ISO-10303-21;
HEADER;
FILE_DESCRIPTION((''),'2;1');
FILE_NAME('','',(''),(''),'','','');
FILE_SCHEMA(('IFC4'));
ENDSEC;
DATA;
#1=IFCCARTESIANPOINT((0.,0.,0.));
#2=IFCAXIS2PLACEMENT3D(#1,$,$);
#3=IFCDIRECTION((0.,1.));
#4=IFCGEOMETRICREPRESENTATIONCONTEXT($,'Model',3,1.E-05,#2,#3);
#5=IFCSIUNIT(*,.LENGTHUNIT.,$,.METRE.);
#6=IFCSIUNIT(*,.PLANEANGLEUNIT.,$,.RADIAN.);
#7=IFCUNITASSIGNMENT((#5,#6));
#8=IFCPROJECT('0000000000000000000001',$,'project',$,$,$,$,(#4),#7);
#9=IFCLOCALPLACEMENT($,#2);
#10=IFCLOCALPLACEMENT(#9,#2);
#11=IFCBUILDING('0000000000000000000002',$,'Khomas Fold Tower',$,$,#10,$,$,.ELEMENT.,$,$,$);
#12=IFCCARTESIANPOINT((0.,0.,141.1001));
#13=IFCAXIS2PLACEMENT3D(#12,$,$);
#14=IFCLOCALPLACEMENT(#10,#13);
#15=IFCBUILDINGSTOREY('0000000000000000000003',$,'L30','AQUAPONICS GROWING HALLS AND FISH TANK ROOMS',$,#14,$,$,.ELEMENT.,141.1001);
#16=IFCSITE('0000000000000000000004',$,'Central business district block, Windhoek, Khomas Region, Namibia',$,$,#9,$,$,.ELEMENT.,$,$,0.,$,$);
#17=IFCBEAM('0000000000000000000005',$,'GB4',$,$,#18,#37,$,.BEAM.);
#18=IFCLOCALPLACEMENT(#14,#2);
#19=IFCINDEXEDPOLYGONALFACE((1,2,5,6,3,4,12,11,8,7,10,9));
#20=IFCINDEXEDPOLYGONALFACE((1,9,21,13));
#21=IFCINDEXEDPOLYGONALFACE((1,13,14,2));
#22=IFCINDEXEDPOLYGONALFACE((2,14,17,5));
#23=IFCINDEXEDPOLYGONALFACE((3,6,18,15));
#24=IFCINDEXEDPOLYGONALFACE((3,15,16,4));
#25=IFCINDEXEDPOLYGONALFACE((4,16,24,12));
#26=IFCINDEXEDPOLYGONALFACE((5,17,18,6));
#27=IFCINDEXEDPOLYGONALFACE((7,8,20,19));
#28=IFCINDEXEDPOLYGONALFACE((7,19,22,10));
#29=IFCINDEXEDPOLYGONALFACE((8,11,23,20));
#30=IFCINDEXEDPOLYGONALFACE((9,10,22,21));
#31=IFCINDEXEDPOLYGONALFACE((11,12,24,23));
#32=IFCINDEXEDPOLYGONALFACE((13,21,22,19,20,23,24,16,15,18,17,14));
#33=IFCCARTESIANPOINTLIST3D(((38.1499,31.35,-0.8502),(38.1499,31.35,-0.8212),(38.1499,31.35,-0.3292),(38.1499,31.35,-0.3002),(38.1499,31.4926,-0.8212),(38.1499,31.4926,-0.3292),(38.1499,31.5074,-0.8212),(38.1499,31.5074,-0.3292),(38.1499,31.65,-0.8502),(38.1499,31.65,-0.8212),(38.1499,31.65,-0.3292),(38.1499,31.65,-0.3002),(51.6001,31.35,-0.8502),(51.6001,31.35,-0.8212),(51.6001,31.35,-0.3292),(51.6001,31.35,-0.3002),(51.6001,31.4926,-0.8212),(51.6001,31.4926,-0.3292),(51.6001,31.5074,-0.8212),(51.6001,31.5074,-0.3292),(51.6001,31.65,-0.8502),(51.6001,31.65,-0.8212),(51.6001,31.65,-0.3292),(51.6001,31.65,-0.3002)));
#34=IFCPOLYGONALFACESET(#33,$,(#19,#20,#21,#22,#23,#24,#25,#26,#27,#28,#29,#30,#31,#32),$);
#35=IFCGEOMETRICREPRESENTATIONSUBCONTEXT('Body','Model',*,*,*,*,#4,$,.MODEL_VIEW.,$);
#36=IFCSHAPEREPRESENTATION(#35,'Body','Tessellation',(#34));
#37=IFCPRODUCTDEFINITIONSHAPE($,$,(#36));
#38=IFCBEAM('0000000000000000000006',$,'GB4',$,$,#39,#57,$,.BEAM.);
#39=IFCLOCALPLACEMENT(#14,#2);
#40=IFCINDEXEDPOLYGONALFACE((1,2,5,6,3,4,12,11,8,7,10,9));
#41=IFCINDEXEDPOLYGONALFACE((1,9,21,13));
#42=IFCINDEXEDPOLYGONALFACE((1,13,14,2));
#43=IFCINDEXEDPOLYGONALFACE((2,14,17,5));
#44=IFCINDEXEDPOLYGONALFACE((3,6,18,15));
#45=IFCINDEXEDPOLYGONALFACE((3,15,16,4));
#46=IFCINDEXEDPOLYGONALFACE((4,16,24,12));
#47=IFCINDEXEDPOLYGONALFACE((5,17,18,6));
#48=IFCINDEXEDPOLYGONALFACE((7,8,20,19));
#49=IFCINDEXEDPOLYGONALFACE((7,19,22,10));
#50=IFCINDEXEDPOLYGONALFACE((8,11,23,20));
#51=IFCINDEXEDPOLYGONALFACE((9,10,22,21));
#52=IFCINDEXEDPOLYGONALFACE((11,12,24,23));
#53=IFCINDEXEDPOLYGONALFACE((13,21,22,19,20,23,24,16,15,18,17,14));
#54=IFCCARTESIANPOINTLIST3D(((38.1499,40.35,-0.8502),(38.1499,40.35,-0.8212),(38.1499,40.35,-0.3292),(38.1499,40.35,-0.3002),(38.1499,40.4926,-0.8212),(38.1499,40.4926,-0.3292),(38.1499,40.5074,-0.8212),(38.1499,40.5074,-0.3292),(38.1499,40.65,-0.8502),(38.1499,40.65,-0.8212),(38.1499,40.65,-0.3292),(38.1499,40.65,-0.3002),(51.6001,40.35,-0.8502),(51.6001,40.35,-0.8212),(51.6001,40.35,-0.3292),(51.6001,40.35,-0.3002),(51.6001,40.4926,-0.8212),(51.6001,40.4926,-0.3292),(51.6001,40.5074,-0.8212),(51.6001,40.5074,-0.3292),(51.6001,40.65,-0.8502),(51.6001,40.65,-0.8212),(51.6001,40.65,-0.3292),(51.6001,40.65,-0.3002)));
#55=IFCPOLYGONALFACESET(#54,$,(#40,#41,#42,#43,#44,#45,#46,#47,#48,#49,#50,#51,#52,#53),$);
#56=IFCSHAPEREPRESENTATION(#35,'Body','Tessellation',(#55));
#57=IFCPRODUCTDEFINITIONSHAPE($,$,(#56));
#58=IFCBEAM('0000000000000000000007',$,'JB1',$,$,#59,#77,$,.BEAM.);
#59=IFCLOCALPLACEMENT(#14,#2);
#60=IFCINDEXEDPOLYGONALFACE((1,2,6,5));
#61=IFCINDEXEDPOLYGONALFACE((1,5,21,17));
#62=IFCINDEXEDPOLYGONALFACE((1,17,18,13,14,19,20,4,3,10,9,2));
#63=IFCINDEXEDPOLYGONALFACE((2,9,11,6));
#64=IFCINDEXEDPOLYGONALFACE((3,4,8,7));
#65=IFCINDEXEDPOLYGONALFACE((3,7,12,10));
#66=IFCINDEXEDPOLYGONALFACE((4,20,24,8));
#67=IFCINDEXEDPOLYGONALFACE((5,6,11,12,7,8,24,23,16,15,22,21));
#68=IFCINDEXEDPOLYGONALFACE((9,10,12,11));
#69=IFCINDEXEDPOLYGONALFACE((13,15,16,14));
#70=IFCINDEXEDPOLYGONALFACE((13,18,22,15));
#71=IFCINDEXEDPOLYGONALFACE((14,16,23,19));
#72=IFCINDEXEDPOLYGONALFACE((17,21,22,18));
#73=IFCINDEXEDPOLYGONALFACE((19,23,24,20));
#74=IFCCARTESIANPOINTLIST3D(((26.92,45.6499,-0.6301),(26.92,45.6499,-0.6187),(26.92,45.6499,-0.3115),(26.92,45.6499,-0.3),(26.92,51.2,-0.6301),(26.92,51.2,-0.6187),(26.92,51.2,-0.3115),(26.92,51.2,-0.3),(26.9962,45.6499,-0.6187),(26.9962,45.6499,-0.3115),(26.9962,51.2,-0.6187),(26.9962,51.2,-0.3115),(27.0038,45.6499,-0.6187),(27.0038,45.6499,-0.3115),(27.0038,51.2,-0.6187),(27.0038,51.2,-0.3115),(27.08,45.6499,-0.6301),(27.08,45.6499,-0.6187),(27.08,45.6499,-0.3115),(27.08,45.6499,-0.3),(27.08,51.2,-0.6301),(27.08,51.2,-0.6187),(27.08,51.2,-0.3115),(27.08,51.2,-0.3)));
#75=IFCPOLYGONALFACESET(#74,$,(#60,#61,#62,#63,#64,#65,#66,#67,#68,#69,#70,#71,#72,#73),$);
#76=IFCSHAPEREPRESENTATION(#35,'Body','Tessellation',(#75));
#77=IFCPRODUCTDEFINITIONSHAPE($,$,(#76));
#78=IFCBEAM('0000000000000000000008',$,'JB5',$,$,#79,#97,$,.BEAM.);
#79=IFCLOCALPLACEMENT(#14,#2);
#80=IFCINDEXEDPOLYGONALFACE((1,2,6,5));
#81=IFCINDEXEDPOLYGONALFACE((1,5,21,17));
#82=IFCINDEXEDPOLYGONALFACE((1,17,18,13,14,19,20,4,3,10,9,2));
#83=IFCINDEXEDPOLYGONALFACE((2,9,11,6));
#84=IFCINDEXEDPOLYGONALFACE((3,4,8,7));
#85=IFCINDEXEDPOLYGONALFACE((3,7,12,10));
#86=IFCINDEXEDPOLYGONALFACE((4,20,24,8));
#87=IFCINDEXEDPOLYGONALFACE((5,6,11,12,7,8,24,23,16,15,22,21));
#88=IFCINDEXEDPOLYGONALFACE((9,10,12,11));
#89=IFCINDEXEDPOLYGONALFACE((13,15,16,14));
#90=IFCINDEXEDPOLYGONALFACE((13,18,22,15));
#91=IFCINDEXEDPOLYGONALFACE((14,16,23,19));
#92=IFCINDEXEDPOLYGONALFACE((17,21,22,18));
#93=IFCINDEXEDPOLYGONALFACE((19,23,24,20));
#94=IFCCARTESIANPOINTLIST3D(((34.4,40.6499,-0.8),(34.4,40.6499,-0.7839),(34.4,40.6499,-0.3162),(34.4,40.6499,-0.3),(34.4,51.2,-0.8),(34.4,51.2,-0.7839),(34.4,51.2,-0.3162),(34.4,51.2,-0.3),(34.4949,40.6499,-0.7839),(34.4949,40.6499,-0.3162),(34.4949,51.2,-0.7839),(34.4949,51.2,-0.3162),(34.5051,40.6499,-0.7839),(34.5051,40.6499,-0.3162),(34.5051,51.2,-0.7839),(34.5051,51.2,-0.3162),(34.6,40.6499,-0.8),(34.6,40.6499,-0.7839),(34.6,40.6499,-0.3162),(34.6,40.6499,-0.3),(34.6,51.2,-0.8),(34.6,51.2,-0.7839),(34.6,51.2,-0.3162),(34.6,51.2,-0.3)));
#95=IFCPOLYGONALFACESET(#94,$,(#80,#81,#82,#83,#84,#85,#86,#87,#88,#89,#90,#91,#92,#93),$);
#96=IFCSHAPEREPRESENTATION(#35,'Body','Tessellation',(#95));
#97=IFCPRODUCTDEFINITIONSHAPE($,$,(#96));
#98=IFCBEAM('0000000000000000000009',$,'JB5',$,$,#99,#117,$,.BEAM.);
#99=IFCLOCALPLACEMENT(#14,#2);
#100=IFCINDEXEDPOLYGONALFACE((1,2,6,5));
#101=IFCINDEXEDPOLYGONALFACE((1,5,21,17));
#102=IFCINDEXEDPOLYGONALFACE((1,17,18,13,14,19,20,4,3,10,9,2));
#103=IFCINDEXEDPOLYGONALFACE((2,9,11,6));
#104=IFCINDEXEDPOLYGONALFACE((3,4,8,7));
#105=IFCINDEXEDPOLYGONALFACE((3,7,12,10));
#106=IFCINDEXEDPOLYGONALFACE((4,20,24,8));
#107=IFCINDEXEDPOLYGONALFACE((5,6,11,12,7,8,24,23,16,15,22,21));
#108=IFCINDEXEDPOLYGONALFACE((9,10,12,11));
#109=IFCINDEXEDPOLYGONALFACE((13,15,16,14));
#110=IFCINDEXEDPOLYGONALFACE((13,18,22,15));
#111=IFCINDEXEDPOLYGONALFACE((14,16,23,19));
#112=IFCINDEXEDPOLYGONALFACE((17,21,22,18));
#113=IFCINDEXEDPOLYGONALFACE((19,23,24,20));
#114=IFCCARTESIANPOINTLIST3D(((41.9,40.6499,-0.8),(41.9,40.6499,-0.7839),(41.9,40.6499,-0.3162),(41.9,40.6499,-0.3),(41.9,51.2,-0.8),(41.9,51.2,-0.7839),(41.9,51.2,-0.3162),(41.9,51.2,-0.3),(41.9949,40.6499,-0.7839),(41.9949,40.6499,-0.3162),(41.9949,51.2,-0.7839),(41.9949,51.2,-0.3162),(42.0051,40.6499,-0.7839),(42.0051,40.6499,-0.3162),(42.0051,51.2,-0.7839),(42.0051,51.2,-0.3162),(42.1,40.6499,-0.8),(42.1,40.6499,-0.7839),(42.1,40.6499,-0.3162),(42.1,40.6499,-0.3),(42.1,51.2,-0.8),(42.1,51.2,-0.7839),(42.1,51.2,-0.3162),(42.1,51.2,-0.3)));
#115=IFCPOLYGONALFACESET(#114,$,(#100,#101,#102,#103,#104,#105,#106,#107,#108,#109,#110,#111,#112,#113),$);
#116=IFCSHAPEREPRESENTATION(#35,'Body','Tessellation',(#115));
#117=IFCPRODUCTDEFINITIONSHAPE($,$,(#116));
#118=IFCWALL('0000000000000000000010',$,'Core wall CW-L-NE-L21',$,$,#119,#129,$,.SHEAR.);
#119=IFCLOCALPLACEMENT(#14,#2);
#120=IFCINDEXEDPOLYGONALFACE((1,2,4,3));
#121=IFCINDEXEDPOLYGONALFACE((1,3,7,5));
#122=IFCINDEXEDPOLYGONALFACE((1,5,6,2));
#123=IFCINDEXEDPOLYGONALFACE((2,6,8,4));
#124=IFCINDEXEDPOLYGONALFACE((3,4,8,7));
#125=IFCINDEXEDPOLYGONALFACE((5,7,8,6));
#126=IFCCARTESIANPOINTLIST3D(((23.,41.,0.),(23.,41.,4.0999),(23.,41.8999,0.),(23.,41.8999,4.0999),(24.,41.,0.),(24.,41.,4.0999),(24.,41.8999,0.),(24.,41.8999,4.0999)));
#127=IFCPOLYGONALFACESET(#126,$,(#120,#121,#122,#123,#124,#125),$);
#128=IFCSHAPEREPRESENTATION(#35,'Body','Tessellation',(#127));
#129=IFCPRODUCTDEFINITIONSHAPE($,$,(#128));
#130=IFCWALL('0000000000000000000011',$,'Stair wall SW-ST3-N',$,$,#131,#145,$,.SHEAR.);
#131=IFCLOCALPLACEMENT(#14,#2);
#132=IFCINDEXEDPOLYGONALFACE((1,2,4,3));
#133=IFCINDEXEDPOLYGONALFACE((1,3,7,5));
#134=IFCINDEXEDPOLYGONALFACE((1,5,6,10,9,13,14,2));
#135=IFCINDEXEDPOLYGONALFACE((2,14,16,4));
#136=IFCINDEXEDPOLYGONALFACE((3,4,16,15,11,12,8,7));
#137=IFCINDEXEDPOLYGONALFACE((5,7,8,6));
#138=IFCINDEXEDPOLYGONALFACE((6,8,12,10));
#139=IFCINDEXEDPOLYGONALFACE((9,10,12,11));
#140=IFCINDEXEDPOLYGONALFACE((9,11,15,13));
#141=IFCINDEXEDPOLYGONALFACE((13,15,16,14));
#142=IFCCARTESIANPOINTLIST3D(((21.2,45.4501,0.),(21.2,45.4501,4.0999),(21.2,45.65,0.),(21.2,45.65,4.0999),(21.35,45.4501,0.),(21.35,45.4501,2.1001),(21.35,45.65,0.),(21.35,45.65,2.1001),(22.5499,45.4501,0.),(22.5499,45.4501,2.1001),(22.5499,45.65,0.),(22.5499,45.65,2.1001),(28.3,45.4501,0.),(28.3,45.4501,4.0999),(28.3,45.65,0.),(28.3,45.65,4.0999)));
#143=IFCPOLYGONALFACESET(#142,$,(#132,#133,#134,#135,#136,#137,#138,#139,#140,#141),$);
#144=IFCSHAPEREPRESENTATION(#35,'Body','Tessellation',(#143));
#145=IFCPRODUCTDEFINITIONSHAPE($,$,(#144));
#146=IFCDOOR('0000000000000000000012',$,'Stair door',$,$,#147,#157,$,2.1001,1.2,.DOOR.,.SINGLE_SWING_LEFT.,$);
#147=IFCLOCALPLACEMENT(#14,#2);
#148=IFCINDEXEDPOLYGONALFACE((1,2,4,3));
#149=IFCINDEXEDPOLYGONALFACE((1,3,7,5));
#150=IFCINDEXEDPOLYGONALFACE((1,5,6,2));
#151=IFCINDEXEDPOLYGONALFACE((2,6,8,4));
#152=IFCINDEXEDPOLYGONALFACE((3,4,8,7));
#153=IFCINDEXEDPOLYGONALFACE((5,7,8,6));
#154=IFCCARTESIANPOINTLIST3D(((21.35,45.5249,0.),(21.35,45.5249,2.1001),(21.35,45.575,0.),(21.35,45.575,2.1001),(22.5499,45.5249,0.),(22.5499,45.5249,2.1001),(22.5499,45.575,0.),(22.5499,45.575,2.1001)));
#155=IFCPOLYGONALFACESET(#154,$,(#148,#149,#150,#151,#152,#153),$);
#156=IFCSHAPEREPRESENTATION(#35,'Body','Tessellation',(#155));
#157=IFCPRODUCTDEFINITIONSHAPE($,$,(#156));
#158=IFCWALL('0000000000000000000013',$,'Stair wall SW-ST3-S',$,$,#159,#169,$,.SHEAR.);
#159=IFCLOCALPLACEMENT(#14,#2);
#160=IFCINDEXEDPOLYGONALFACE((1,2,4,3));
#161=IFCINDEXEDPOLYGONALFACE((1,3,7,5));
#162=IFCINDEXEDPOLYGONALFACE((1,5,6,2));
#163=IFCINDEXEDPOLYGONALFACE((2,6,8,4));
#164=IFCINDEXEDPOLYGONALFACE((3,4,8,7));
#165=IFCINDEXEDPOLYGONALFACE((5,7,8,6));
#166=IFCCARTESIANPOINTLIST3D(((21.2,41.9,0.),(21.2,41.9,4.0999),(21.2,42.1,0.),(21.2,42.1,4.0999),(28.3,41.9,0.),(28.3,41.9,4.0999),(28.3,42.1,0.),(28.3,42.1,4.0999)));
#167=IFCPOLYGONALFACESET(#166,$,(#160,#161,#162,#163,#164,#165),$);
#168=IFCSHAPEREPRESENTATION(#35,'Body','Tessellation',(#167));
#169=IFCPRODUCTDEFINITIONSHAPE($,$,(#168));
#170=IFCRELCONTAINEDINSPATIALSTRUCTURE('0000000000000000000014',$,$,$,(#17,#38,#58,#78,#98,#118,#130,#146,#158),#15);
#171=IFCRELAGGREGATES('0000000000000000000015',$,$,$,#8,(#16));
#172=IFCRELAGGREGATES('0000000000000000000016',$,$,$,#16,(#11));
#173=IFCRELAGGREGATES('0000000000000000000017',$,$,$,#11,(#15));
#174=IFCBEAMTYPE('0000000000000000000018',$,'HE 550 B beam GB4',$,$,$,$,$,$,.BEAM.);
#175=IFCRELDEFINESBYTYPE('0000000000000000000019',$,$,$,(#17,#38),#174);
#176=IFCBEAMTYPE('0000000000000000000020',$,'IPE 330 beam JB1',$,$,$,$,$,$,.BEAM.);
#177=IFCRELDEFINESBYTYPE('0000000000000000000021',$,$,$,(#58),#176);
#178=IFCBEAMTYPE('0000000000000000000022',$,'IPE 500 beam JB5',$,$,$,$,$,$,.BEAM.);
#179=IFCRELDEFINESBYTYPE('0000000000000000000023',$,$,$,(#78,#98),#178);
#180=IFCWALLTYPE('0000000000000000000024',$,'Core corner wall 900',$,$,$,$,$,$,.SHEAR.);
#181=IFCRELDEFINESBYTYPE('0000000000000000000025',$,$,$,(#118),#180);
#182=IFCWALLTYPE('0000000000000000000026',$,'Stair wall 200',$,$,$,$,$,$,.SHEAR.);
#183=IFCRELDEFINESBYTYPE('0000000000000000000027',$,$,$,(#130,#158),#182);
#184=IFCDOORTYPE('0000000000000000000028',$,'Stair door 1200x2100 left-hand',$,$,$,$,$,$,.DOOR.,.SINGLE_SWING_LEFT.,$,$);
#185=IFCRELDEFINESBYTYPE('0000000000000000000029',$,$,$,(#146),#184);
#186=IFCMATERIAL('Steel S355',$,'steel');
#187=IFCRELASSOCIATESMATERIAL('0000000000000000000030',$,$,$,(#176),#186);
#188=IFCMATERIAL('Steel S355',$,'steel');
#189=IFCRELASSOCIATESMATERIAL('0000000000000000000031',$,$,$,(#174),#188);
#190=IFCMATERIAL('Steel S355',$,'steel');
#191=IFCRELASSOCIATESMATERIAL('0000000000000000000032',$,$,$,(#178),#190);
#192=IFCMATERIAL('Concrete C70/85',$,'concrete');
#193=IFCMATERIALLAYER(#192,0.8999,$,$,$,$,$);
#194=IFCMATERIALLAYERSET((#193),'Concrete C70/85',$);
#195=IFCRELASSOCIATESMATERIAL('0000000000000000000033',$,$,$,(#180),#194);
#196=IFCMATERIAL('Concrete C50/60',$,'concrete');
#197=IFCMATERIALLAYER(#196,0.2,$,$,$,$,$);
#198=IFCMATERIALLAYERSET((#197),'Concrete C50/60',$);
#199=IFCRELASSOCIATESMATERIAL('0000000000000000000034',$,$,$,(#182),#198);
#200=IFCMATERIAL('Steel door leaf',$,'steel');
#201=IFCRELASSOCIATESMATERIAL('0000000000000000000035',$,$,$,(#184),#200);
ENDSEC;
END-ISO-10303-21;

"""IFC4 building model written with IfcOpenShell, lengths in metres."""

from ifc_helpers import new_model, si_unit, direction, frame, frame_2d, origin, origin_2d, place, context, subcontext, project, spatial, rectangle, i_section, extrude, source, transform, mapped, material, layer, layer_set, material_profile, profile_set, type_object, element, fill, save


model = new_model("IFC4")

# Units and contexts
model_context = context("Model", 3, precision=1e-05, world=origin(), true_north=direction((0.0, 1.0)))
body_context = subcontext(model_context, "Body", "Model", "MODEL_VIEW")
ifc_project = project(units=[si_unit("LENGTHUNIT", "METRE"), si_unit("PLANEANGLEUNIT", "RADIAN")], contexts=[model_context])

# Site, building, storey
site_placement = place(None, origin())
site = spatial("IfcSite", under=ifc_project, at=site_placement, Name="Central business district block, Windhoek, Khomas Region, Namibia", CompositionType="ELEMENT", RefElevation=0.0)
building_placement = place(site_placement, origin())
building = spatial("IfcBuilding", under=site, at=building_placement, Name="Khomas Fold Tower", CompositionType="ELEMENT")
storey_placement = place(building_placement, frame((0.0, 0.0, 141.1001)))
storey = spatial("IfcBuildingStorey", under=building, at=storey_placement, Name="L30", Description="AQUAPONICS GROWING HALLS AND FISH TANK ROOMS", CompositionType="ELEMENT", Elevation=141.1001)

# Beams
ifc_material_1 = material(Name="Steel S355", Category="steel")
ifc_material_profile_1 = material_profile(ifc_material_1, i_section(OverallWidth=0.1599, OverallDepth=0.3301, WebThickness=0.0076, FlangeThickness=0.0115, at=origin_2d()), Name="IPE 330")
ifc_profile_set_1 = profile_set([ifc_material_profile_1], Name="Steel S355")
beam_type_1 = type_object("IfcBeamType", Name="IPE 330 beam JB1", PredefinedType="BEAM", material=ifc_profile_set_1)
ifc_material_2 = material(Name="Steel S355", Category="steel")
ifc_material_profile_2 = material_profile(ifc_material_2, i_section(OverallWidth=0.3, OverallDepth=0.55, WebThickness=0.0149, FlangeThickness=0.0291, at=origin_2d()), Name="HE 550 B")
ifc_profile_set_2 = profile_set([ifc_material_profile_2], Name="Steel S355")
beam_type_2 = type_object("IfcBeamType", Name="HE 550 B beam GB4", PredefinedType="BEAM", material=ifc_profile_set_2)
shared_shape_1 = source(origin(), body_context, "Body", "SweptSolid", [
    extrude(i_section(OverallWidth=0.3, OverallDepth=0.55, WebThickness=0.0149, FlangeThickness=0.0291, at=origin_2d()), origin(), (0.0, 0.0, 1.0), 13.4502),
])
for number, where, z_axis, x_axis, name in (
    (1, (38.1499, 31.5, -0.5752), (1.0, 0.0, 0.0), (0.0, 1.0, 0.0), "GB4"),
    (2, (38.1499, 40.5, -0.5752), (1.0, 0.0, 0.0), (0.0, 1.0, 0.0), "GB4"),
):
    element("IfcBeam", number, at=place(storey_placement, frame(where, z_axis=z_axis, x_axis=x_axis)), inside=storey, type_object=beam_type_2, Name=name, PredefinedType="BEAM", context=body_context, shape_type="MappedRepresentation", body=[
        mapped(shared_shape_1, transform((0.0, 0.0, 0.0))),
    ])
shared_shape_2 = source(origin(), body_context, "Body", "SweptSolid", [
    extrude(i_section(OverallWidth=0.1599, OverallDepth=0.3301, WebThickness=0.0076, FlangeThickness=0.0115, at=origin_2d()), origin(), (0.0, 0.0, 1.0), 5.55),
])
beam_1_placement = place(storey_placement, frame((27.0, 45.6499, -0.4651), z_axis=(0.0, 1.0, 0.0), x_axis=(-1.0, 0.0, 0.0)))
element("IfcBeam", 3, at=beam_1_placement, inside=storey, type_object=beam_type_1, Name="JB1", PredefinedType="BEAM", context=body_context, shape_type="MappedRepresentation", body=[
    mapped(shared_shape_2, transform((0.0, 0.0, 0.0))),
])
ifc_material_3 = material(Name="Steel S355", Category="steel")
ifc_material_profile_3 = material_profile(ifc_material_3, i_section(OverallWidth=0.2, OverallDepth=0.5, WebThickness=0.0103, FlangeThickness=0.0161, at=origin_2d()), Name="IPE 500")
ifc_profile_set_3 = profile_set([ifc_material_profile_3], Name="Steel S355")
beam_type_3 = type_object("IfcBeamType", Name="IPE 500 beam JB5", PredefinedType="BEAM", material=ifc_profile_set_3)
shared_shape_3 = source(origin(), body_context, "Body", "SweptSolid", [
    extrude(i_section(OverallWidth=0.2, OverallDepth=0.5, WebThickness=0.0103, FlangeThickness=0.0161, at=origin_2d()), origin(), (0.0, 0.0, 1.0), 10.55),
])
for number, where, z_axis, x_axis, name in (
    (4, (34.5, 40.6499, -0.55), (0.0, 1.0, 0.0), (-1.0, 0.0, 0.0), "JB5"),
    (5, (42.0, 40.6499, -0.55), (0.0, 1.0, 0.0), (-1.0, 0.0, 0.0), "JB5"),
):
    element("IfcBeam", number, at=place(storey_placement, frame(where, z_axis=z_axis, x_axis=x_axis)), inside=storey, type_object=beam_type_3, Name=name, PredefinedType="BEAM", context=body_context, shape_type="MappedRepresentation", body=[
        mapped(shared_shape_3, transform((0.0, 0.0, 0.0))),
    ])

# Wall
ifc_material_4 = material(Name="Concrete C70/85", Category="concrete")
ifc_layer_1 = layer(ifc_material_4, 0.8999)
ifc_layer_set_1 = layer_set([ifc_layer_1], Name="Concrete C70/85")
wall_type_1 = type_object("IfcWallType", Name="Core corner wall 900", PredefinedType="SHEAR", material=ifc_layer_set_1)
shared_shape_4 = source(origin(), body_context, "Body", "SweptSolid", [
    extrude(rectangle(XDim=1.0, YDim=0.8999, at=frame_2d((0.5, 0.0))), origin(), (0.0, 0.0, 1.0), 4.0999),
])
wall_1_placement = place(storey_placement, frame((23.0, 41.45, 0.0), z_axis=(0.0, 0.0, 1.0), x_axis=(1.0, 0.0, 0.0)))
element("IfcWall", 6, at=wall_1_placement, inside=storey, type_object=wall_type_1, Name="Core wall CW-L-NE-L21", PredefinedType="SHEAR", context=body_context, shape_type="MappedRepresentation", body=[
    mapped(shared_shape_4, transform((0.0, 0.0, 0.0))),
])

# Wall, opening, door
ifc_material_5 = material(Name="Concrete C50/60", Category="concrete")
ifc_layer_2 = layer(ifc_material_5, 0.2)
ifc_layer_set_2 = layer_set([ifc_layer_2], Name="Concrete C50/60")
wall_type_2 = type_object("IfcWallType", Name="Stair wall 200", PredefinedType="SHEAR", material=ifc_layer_set_2)
shared_shape_5 = source(origin(), body_context, "Body", "SweptSolid", [
    extrude(rectangle(XDim=7.1001, YDim=0.2, at=frame_2d((3.55, 0.0))), origin(), (0.0, 0.0, 1.0), 4.0999),
])
wall_2_placement = place(storey_placement, frame((21.2, 45.55, 0.0), z_axis=(0.0, 0.0, 1.0), x_axis=(1.0, 0.0, 0.0)))
wall_2 = element("IfcWall", 7, at=wall_2_placement, inside=storey, type_object=wall_type_2, Name="Stair wall SW-ST3-N", PredefinedType="SHEAR", context=body_context, shape_type="MappedRepresentation", body=[
    mapped(shared_shape_5, transform((0.0, 0.0, 0.0))),
])
shared_shape_6 = source(origin(), body_context, "Body", "SweptSolid", [
    extrude(rectangle(XDim=1.2, YDim=2.1001, at=frame_2d((0.6001, 1.05))), frame((0.0, 0.1099, 0.0), z_axis=(0.0, -1.0, 0.0), x_axis=(1.0, 0.0, 0.0)), (0.0, 0.0, 1.0), 0.22),
])
opening_placement = place(wall_2_placement, frame((0.1499, 0.0, 0.0)))
opening = element("IfcOpeningElement", 8, at=opening_placement, cuts=wall_2, PredefinedType="OPENING", context=body_context, shape_type="MappedRepresentation", body=[
    mapped(shared_shape_6, transform((0.0, 0.0, 0.0))),
])
ifc_material_6 = material(Name="Steel door leaf", Category="steel")
door_type = type_object("IfcDoorType", Name="Stair door 1200x2100 left-hand", OperationType="SINGLE_SWING_LEFT", PredefinedType="DOOR", material=ifc_material_6)
shared_shape_7 = source(origin(), body_context, "Body", "SweptSolid", [
    extrude(rectangle(XDim=1.2, YDim=2.1001, at=frame_2d((0.6001, 1.05))), frame((0.0, 0.0249, 0.0), z_axis=(0.0, -1.0, 0.0), x_axis=(1.0, 0.0, 0.0)), (0.0, 0.0, 1.0), 0.05),
])
door_placement = place(opening_placement, origin())
door = element("IfcDoor", 9, at=door_placement, inside=storey, type_object=door_type, Name="Stair door", OperationType="SINGLE_SWING_LEFT", OverallHeight=2.1001, OverallWidth=1.2, PredefinedType="DOOR", context=body_context, shape_type="MappedRepresentation", body=[
    mapped(shared_shape_7, transform((0.0, 0.0, 0.0))),
])
fill(opening, door)

# Wall
wall_3_placement = place(storey_placement, frame((21.2, 42.0, 0.0), z_axis=(0.0, 0.0, 1.0), x_axis=(1.0, 0.0, 0.0)))
element("IfcWall", 10, at=wall_3_placement, inside=storey, type_object=wall_type_2, Name="Stair wall SW-ST3-S", PredefinedType="SHEAR", context=body_context, shape_type="MappedRepresentation", body=[
    mapped(shared_shape_5, transform((0.0, 0.0, 0.0))),
])

save(model, "model.ifc")
